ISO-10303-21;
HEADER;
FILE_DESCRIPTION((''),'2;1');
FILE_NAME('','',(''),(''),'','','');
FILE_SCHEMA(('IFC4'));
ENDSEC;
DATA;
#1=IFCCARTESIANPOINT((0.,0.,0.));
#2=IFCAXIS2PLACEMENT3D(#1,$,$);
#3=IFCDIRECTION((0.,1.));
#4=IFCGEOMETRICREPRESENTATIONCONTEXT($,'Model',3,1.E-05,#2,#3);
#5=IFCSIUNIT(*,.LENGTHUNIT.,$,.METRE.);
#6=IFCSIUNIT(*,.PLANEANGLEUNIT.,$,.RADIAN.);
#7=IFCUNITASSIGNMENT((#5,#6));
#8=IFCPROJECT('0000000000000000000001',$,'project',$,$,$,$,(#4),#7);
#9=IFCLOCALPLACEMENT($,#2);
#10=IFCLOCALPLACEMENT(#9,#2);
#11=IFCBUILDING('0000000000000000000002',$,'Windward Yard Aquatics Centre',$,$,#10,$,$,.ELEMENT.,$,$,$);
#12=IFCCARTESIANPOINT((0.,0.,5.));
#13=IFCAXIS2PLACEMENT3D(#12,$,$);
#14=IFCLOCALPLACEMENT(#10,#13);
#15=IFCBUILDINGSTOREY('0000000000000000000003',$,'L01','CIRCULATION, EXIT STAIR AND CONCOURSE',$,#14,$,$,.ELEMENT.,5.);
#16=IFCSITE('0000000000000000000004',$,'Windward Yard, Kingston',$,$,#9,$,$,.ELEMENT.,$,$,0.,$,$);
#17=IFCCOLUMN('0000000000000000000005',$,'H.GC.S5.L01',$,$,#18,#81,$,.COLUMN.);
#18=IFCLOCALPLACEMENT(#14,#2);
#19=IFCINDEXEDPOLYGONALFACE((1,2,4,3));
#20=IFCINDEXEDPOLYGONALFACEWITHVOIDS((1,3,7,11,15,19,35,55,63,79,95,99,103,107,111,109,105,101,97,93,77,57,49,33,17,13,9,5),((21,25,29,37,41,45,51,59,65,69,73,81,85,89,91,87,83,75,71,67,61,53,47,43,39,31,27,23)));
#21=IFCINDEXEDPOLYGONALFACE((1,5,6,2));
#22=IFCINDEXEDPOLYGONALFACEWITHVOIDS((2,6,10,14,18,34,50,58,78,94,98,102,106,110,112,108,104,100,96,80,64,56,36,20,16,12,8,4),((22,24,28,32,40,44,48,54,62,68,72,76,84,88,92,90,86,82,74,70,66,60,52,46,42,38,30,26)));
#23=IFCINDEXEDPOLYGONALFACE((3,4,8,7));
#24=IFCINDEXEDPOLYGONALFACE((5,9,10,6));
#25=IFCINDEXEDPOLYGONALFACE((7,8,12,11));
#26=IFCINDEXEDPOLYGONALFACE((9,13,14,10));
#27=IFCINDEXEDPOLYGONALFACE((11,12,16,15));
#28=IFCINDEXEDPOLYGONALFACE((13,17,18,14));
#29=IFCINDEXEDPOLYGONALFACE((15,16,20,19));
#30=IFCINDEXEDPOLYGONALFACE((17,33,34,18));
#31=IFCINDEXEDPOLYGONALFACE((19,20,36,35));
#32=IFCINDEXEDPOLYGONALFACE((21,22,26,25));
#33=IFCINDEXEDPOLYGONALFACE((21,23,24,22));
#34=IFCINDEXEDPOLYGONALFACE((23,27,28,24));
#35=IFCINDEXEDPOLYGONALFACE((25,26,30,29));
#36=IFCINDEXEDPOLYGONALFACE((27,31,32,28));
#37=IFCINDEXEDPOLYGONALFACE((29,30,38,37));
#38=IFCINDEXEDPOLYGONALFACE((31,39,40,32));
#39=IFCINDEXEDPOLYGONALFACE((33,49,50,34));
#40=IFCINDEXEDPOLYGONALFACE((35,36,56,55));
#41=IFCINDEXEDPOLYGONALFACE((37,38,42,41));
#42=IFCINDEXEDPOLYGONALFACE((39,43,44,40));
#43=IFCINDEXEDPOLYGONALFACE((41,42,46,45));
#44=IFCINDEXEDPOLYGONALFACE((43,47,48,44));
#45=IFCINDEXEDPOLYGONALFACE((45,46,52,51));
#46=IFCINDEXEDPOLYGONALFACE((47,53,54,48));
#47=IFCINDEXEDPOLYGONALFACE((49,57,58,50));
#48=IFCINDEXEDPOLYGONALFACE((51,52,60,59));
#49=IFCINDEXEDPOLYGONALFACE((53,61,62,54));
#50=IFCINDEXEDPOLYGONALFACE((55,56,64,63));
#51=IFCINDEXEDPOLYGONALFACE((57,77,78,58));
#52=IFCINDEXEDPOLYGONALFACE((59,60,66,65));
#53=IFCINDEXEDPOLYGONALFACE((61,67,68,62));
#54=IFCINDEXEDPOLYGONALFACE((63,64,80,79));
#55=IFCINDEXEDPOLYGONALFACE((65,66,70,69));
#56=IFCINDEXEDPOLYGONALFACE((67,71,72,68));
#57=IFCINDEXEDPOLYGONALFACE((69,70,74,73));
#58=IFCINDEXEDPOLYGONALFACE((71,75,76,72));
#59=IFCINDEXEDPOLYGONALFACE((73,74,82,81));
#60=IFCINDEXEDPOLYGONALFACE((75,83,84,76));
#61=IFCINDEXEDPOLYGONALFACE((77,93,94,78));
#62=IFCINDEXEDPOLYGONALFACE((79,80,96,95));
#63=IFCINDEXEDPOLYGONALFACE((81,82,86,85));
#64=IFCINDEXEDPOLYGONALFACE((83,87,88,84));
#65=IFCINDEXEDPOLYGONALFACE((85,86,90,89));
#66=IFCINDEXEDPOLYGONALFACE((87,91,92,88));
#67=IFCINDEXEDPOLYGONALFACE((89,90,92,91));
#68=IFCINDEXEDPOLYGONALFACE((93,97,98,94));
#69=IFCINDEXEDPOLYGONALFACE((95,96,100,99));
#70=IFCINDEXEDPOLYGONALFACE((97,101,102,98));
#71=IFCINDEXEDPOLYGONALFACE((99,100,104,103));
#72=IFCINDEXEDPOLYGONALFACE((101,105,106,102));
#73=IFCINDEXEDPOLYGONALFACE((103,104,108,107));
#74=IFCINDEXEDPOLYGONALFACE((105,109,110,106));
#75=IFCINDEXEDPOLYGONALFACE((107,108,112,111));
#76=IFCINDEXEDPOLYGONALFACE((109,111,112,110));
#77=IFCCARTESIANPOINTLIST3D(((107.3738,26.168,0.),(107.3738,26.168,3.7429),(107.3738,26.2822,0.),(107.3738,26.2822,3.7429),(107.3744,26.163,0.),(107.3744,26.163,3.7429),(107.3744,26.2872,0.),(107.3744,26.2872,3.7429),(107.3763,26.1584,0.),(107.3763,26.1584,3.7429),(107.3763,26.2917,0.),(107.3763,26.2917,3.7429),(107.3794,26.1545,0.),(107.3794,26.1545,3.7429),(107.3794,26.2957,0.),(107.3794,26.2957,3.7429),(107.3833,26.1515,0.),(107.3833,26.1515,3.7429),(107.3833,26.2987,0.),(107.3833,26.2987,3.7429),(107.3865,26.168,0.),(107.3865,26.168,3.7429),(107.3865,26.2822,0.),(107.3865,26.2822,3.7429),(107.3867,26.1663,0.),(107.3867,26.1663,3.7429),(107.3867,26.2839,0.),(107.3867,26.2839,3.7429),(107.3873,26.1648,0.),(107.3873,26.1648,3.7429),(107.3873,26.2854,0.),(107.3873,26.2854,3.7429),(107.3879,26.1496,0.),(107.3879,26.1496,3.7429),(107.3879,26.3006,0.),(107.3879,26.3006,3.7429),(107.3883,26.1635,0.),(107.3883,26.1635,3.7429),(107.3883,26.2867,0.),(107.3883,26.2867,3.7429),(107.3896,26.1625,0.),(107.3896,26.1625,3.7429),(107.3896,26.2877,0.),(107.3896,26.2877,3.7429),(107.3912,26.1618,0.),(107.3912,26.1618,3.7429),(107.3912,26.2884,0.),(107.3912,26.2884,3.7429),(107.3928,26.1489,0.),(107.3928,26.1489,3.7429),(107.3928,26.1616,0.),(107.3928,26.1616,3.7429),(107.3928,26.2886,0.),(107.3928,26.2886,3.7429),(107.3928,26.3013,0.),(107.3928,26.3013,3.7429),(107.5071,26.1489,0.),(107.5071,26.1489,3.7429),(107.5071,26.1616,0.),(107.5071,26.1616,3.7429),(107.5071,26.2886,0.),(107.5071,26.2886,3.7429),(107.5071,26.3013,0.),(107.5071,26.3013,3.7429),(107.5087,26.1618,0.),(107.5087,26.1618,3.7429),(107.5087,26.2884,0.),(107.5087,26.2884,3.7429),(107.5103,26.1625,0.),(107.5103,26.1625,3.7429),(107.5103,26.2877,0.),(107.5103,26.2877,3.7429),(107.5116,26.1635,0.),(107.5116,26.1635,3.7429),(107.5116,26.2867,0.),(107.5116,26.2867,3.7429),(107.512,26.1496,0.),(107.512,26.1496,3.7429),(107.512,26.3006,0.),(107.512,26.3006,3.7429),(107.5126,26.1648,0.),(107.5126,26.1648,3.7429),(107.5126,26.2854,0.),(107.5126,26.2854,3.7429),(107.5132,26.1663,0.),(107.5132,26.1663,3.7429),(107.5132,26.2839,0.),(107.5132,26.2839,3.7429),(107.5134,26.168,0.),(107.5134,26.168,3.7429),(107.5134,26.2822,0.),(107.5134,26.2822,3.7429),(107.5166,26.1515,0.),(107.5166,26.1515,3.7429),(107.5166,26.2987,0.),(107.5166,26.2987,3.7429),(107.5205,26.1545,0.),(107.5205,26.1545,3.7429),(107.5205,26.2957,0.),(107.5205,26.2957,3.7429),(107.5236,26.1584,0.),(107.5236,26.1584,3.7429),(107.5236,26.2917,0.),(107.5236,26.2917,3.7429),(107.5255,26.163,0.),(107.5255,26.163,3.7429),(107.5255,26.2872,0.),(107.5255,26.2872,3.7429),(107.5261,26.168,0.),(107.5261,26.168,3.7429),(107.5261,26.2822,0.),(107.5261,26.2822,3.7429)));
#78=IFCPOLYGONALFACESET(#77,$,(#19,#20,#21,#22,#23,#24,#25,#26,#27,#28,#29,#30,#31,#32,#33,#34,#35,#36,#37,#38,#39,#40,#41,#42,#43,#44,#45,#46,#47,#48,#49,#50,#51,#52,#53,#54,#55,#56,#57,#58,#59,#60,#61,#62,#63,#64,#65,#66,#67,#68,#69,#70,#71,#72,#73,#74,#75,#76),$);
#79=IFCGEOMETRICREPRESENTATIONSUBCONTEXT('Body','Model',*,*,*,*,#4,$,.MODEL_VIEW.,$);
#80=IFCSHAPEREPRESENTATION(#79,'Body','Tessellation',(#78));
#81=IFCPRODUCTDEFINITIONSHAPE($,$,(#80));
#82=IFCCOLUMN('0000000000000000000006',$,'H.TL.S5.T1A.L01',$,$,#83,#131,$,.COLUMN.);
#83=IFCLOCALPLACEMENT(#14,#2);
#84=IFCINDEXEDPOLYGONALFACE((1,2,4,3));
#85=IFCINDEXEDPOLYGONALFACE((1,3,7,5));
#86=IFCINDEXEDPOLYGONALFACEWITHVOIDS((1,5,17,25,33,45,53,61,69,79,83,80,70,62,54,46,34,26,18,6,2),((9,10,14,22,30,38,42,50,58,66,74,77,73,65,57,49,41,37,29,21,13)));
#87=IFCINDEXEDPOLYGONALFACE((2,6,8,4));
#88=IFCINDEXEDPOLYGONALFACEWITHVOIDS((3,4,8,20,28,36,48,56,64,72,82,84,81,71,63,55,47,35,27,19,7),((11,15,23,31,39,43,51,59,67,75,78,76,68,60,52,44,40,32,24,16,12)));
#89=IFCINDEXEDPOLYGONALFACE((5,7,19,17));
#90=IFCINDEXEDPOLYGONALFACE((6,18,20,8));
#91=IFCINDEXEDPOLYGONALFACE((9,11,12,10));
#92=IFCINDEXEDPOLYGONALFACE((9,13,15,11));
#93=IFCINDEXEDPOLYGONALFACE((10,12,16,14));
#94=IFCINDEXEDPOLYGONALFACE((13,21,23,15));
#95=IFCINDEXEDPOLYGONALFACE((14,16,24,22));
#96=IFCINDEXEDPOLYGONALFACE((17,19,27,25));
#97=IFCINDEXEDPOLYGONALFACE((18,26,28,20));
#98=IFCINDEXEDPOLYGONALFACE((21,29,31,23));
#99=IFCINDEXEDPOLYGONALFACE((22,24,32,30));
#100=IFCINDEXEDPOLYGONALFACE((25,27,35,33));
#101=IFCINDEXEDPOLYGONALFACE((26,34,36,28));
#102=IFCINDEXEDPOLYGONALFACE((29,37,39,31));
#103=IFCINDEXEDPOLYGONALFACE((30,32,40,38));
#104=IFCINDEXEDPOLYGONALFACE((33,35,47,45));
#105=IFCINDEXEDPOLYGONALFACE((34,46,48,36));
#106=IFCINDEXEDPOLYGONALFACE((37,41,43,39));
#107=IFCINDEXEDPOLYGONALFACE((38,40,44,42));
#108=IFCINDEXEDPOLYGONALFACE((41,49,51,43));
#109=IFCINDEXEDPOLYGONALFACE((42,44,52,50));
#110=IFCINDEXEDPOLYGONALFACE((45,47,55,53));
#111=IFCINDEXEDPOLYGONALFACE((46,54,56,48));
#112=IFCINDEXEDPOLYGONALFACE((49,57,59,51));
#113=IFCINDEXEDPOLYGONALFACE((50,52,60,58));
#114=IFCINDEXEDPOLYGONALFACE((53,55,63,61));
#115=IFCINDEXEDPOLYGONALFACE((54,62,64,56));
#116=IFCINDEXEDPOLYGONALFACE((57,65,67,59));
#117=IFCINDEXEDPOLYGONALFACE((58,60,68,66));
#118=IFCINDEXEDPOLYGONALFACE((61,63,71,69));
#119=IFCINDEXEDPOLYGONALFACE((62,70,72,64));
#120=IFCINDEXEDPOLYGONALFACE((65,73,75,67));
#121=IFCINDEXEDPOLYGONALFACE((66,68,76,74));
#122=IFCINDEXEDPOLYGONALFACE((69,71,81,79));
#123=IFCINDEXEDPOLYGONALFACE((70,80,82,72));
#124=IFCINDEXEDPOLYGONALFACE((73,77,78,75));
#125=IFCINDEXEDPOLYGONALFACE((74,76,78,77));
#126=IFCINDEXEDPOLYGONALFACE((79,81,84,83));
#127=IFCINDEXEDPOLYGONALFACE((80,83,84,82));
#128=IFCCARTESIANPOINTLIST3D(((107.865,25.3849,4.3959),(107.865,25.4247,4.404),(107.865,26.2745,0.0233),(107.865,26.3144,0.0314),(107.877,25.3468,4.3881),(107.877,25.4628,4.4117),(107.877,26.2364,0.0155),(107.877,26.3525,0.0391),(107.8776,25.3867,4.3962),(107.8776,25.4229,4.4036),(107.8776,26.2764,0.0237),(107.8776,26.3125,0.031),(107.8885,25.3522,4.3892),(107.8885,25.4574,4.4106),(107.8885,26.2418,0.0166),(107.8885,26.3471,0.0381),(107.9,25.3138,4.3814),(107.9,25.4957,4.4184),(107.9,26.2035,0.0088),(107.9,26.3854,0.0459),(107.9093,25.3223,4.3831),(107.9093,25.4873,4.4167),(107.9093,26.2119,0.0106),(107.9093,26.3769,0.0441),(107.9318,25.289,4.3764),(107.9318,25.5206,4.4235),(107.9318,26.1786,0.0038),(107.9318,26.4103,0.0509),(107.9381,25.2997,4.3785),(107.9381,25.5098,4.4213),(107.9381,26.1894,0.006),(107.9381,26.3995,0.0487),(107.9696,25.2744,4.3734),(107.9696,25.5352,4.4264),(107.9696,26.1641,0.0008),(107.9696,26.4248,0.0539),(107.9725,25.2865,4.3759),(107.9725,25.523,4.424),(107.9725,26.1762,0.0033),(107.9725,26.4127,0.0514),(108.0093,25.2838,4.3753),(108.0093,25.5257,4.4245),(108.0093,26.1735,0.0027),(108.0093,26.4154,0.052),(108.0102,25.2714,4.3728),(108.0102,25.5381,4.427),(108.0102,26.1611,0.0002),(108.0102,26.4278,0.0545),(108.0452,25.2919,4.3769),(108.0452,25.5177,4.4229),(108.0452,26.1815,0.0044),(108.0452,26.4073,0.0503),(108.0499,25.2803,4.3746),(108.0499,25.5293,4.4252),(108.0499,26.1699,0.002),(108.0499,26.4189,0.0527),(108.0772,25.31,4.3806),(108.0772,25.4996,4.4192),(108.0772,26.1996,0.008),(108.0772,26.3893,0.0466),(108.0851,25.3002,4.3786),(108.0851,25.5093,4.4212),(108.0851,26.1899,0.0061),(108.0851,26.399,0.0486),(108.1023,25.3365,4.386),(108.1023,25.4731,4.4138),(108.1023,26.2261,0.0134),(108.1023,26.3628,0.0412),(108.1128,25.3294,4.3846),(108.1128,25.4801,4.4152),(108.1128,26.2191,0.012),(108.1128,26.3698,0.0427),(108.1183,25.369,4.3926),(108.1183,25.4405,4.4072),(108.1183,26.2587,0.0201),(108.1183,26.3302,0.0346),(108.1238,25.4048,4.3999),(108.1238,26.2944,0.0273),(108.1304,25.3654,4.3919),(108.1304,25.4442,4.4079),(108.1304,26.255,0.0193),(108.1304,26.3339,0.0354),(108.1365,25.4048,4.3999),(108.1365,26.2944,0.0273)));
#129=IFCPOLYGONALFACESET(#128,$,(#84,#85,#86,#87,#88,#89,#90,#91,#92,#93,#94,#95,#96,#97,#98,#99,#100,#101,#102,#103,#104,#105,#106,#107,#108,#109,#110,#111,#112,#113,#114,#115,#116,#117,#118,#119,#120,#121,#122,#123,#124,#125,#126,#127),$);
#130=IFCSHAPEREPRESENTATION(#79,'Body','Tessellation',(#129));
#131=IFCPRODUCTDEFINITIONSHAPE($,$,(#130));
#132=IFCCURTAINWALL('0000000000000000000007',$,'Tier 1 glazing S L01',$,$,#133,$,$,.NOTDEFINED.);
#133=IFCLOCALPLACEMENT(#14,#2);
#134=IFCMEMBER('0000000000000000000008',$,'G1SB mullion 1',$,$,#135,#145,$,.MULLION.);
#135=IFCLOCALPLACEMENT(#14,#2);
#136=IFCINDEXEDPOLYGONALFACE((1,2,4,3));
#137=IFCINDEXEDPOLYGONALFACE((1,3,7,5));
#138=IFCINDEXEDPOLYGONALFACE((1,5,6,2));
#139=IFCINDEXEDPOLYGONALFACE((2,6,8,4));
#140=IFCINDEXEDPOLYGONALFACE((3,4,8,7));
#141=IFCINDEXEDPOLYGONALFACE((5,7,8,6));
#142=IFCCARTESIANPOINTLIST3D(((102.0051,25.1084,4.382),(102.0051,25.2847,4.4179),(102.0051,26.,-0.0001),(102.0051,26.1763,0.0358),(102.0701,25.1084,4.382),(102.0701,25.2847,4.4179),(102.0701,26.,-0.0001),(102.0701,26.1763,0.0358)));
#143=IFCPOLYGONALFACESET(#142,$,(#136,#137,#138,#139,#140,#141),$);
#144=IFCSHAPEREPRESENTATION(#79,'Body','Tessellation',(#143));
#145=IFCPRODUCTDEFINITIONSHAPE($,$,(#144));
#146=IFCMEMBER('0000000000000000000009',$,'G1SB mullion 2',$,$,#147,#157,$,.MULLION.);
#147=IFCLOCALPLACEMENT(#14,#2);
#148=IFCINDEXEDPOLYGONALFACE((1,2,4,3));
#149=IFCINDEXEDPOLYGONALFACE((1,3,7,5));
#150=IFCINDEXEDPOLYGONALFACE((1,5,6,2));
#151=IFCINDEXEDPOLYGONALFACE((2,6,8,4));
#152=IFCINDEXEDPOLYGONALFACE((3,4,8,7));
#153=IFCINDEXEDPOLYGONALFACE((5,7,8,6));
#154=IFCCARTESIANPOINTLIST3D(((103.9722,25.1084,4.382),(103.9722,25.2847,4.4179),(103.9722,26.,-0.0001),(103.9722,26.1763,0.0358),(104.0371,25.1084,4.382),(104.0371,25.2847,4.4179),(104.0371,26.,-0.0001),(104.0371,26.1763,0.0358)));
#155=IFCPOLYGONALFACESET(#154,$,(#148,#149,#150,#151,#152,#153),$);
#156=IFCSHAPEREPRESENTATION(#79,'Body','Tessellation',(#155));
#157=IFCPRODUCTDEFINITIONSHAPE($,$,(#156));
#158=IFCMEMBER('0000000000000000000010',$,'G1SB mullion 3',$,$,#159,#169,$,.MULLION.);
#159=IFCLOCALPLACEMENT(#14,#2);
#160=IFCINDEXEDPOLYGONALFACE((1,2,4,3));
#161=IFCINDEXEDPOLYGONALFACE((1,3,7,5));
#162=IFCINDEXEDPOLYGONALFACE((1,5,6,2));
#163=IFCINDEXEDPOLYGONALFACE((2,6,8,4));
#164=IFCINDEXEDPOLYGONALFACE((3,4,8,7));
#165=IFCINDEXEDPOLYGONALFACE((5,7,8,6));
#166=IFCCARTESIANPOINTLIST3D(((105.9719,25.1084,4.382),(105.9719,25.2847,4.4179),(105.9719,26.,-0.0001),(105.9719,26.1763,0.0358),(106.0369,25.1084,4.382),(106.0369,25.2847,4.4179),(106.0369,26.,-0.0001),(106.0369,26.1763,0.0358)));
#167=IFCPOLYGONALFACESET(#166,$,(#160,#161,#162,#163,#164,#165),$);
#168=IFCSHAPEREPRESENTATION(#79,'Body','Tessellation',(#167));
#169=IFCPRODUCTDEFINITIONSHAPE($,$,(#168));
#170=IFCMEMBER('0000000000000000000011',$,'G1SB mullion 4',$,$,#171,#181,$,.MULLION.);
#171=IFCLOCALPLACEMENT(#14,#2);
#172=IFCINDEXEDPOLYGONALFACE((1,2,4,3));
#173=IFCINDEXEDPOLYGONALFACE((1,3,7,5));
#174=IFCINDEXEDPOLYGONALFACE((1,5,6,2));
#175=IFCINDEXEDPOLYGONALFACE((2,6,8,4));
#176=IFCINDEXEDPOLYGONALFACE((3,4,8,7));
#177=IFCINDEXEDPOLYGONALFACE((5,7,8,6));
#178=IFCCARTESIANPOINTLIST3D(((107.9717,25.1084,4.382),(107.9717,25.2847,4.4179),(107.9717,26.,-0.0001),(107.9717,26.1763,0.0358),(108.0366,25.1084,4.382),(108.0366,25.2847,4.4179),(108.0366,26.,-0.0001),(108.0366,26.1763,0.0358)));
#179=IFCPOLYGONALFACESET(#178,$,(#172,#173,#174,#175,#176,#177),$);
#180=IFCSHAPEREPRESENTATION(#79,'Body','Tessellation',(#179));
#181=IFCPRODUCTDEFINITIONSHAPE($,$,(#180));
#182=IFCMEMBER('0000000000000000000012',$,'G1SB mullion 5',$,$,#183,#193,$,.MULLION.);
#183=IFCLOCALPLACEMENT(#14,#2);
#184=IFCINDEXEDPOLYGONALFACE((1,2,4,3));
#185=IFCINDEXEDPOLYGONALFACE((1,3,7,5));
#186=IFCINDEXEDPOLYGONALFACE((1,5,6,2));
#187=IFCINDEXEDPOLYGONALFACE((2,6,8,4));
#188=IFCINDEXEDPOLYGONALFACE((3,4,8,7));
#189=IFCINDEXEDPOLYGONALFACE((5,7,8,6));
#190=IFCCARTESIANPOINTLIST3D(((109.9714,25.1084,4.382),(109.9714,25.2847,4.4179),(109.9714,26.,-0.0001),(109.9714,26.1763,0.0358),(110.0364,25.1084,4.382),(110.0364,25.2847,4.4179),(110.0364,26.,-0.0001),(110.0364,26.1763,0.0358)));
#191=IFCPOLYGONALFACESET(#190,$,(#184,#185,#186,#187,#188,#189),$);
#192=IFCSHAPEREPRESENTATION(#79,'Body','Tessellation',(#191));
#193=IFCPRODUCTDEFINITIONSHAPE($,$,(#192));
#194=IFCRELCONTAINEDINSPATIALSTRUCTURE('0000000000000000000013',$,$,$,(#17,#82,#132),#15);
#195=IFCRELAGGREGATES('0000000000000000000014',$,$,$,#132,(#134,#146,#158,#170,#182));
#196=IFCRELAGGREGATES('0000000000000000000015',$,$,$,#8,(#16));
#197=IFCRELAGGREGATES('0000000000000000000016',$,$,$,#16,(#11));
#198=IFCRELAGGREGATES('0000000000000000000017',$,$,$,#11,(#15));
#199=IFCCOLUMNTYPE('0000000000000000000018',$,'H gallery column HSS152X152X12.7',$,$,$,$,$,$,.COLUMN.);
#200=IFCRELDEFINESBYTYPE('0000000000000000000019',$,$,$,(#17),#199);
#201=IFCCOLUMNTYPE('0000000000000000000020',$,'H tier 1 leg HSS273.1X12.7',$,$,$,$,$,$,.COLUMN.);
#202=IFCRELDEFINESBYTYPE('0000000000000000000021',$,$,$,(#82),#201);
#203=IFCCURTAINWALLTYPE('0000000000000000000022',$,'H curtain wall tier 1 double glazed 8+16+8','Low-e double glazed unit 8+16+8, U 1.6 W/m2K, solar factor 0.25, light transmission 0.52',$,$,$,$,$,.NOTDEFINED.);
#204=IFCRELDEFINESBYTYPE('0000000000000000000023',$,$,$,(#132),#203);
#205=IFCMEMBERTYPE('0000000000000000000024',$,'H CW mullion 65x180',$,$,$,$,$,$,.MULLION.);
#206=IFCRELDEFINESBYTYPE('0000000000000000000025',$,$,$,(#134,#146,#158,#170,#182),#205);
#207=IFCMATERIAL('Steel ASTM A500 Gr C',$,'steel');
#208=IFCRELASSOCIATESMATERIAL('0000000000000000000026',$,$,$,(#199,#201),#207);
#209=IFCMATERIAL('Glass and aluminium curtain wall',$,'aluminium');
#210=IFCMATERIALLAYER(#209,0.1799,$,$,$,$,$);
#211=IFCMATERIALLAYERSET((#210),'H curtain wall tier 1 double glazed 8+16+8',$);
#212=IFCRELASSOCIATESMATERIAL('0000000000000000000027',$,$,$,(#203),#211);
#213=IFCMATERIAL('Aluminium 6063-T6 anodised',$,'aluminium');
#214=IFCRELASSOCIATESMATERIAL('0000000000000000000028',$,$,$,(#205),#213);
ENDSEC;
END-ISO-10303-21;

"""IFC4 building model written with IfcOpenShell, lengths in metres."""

from ifc_helpers import new_model, si_unit, direction, frame, origin, origin_2d, place, context, subcontext, project, spatial, rectangle, hollow_rectangle, hollow_circle, extrude, material, layer, layer_set, material_profile, profile_set, type_object, element, aggregate, save


model = new_model("IFC4")

# Units and contexts
model_context = context("Model", 3, precision=1e-05, world=origin(), true_north=direction((0.0, 1.0)))
body_context = subcontext(model_context, "Body", "Model", "MODEL_VIEW")
ifc_project = project(units=[si_unit("LENGTHUNIT", "METRE"), si_unit("PLANEANGLEUNIT", "RADIAN")], contexts=[model_context])

# Site, building, storey
site_placement = place(None, origin())
site = spatial("IfcSite", under=ifc_project, at=site_placement, Name="Windward Yard, Kingston", CompositionType="ELEMENT", RefElevation=0.0)
building_placement = place(site_placement, origin())
building = spatial("IfcBuilding", under=site, at=building_placement, Name="Windward Yard Aquatics Centre", CompositionType="ELEMENT")
storey_placement = place(building_placement, frame((0.0, 0.0, 5.0)))
storey = spatial("IfcBuildingStorey", under=building, at=storey_placement, Name="L01", Description="CIRCULATION, EXIT STAIR AND CONCOURSE", CompositionType="ELEMENT", Elevation=5.0)

# Columns
ifc_material_1 = material(Name="Steel ASTM A500 Gr C", Category="steel")
ifc_material_profile_1 = material_profile(ifc_material_1, hollow_rectangle(XDim=0.1523, YDim=0.1523, WallThickness=0.0127, InnerFilletRadius=0.0063, OuterFilletRadius=0.019, at=origin_2d()), Name="HSS152X152X12.7")
ifc_profile_set_1 = profile_set([ifc_material_profile_1], Name="Steel ASTM A500 Gr C")
column_type_1 = type_object("IfcColumnType", Name="H gallery column HSS152X152X12.7", PredefinedType="COLUMN", material=ifc_profile_set_1)
column_1_placement = place(storey_placement, frame((107.45, 26.2251, 0.0), z_axis=(0.0, 0.0, 1.0), x_axis=(1.0, 0.0, 0.0)))
element("IfcColumn", 1, at=column_1_placement, inside=storey, type_object=column_type_1, Name="H.GC.S5.L01", PredefinedType="COLUMN", context=body_context, shape_type="SweptSolid", body=[
    extrude(hollow_rectangle(XDim=0.1523, YDim=0.1523, WallThickness=0.0127, InnerFilletRadius=0.0063, OuterFilletRadius=0.019, at=origin_2d()), origin(), (0.0, 0.0, 1.0), 3.7429),
])
ifc_material_profile_2 = material_profile(ifc_material_1, hollow_circle(Radius=0.1365, WallThickness=0.0127, at=origin_2d()), Name="HSS273.1X12.7")
ifc_profile_set_2 = profile_set([ifc_material_profile_2], Name="Steel ASTM A500 Gr C")
column_type_2 = type_object("IfcColumnType", Name="H tier 1 leg HSS273.1X12.7", PredefinedType="COLUMN", material=ifc_profile_set_2)
column_2_placement = place(storey_placement, frame((108.0, 26.2944, 0.0273), z_axis=(0.0, -0.199377, 0.979923), x_axis=(1.0, 0.0, 0.0)))
element("IfcColumn", 2, at=column_2_placement, inside=storey, type_object=column_type_2, Name="H.TL.S5.T1A.L01", PredefinedType="COLUMN", context=body_context, shape_type="SweptSolid", body=[
    extrude(hollow_circle(Radius=0.1365, WallThickness=0.0127, at=origin_2d()), origin(), (0.0, 0.0, 1.0), 4.4622),
])

# Curtain wall, members
ifc_material_2 = material(Name="Glass and aluminium curtain wall", Category="aluminium")
ifc_layer_1 = layer(ifc_material_2, 0.1799)
ifc_layer_set_1 = layer_set([ifc_layer_1], Name="H curtain wall tier 1 double glazed 8+16+8")
curtain_wall_type = type_object("IfcCurtainWallType", Name="H curtain wall tier 1 double glazed 8+16+8", Description="Low-e double glazed unit 8+16+8, U 1.6 W/m2K, solar factor 0.25, light transmission 0.52", PredefinedType="NOTDEFINED", material=ifc_layer_set_1)
curtain_wall_placement = place(storey_placement, origin())
curtain_wall = element("IfcCurtainWall", 3, at=curtain_wall_placement, inside=storey, type_object=curtain_wall_type, Name="Tier 1 glazing S L01", PredefinedType="NOTDEFINED")
ifc_material_3 = material(Name="Aluminium 6063-T6 anodised", Category="aluminium")
ifc_material_profile_3 = material_profile(ifc_material_3, rectangle(XDim=0.0649, YDim=0.1799, at=origin_2d()), Name="H CW mullion 65x180")
ifc_profile_set_3 = profile_set([ifc_material_profile_3], Name="Aluminium 6063-T6 anodised")
member_type_1 = type_object("IfcMemberType", Name="H CW mullion 65x180", PredefinedType="MULLION", material=ifc_profile_set_3)
member_1_placement = place(storey_placement, frame((102.0376, 26.0881, 0.0178), z_axis=(0.0, -0.19938, 0.979922), x_axis=(1.0, 0.0, 0.0)))
member_1 = element("IfcMember", 4, at=member_1_placement, type_object=member_type_1, Name="G1SB mullion 1", PredefinedType="MULLION", context=body_context, shape_type="SweptSolid", body=[
    extrude(rectangle(XDim=0.0649, YDim=0.1799, at=origin_2d()), origin(), (0.0, 0.0, 1.0), 4.4719),
])
member_2_placement = place(storey_placement, frame((104.0046, 26.0881, 0.0178), z_axis=(0.0, -0.19938, 0.979922), x_axis=(1.0, 0.0, 0.0)))
member_2 = element("IfcMember", 5, at=member_2_placement, type_object=member_type_1, Name="G1SB mullion 2", PredefinedType="MULLION", context=body_context, shape_type="SweptSolid", body=[
    extrude(rectangle(XDim=0.0649, YDim=0.1799, at=origin_2d()), origin(), (0.0, 0.0, 1.0), 4.4719),
])
member_3_placement = place(storey_placement, frame((106.0044, 26.0881, 0.0178), z_axis=(0.0, -0.19938, 0.979922), x_axis=(1.0, 0.0, 0.0)))
member_3 = element("IfcMember", 6, at=member_3_placement, type_object=member_type_1, Name="G1SB mullion 3", PredefinedType="MULLION", context=body_context, shape_type="SweptSolid", body=[
    extrude(rectangle(XDim=0.0649, YDim=0.1799, at=origin_2d()), origin(), (0.0, 0.0, 1.0), 4.4719),
])
member_4_placement = place(storey_placement, frame((108.0042, 26.0881, 0.0178), z_axis=(0.0, -0.19938, 0.979922), x_axis=(1.0, 0.0, 0.0)))
member_4 = element("IfcMember", 7, at=member_4_placement, type_object=member_type_1, Name="G1SB mullion 4", PredefinedType="MULLION", context=body_context, shape_type="SweptSolid", body=[
    extrude(rectangle(XDim=0.0649, YDim=0.1799, at=origin_2d()), origin(), (0.0, 0.0, 1.0), 4.4719),
])
member_5_placement = place(storey_placement, frame((110.0039, 26.0881, 0.0178), z_axis=(0.0, -0.19938, 0.979922), x_axis=(1.0, 0.0, 0.0)))
member_5 = element("IfcMember", 8, at=member_5_placement, type_object=member_type_1, Name="G1SB mullion 5", PredefinedType="MULLION", context=body_context, shape_type="SweptSolid", body=[
    extrude(rectangle(XDim=0.0649, YDim=0.1799, at=origin_2d()), origin(), (0.0, 0.0, 1.0), 4.4719),
])
aggregate(curtain_wall, [member_1, member_2, member_3, member_4, member_5])

save(model, "model.ifc")
